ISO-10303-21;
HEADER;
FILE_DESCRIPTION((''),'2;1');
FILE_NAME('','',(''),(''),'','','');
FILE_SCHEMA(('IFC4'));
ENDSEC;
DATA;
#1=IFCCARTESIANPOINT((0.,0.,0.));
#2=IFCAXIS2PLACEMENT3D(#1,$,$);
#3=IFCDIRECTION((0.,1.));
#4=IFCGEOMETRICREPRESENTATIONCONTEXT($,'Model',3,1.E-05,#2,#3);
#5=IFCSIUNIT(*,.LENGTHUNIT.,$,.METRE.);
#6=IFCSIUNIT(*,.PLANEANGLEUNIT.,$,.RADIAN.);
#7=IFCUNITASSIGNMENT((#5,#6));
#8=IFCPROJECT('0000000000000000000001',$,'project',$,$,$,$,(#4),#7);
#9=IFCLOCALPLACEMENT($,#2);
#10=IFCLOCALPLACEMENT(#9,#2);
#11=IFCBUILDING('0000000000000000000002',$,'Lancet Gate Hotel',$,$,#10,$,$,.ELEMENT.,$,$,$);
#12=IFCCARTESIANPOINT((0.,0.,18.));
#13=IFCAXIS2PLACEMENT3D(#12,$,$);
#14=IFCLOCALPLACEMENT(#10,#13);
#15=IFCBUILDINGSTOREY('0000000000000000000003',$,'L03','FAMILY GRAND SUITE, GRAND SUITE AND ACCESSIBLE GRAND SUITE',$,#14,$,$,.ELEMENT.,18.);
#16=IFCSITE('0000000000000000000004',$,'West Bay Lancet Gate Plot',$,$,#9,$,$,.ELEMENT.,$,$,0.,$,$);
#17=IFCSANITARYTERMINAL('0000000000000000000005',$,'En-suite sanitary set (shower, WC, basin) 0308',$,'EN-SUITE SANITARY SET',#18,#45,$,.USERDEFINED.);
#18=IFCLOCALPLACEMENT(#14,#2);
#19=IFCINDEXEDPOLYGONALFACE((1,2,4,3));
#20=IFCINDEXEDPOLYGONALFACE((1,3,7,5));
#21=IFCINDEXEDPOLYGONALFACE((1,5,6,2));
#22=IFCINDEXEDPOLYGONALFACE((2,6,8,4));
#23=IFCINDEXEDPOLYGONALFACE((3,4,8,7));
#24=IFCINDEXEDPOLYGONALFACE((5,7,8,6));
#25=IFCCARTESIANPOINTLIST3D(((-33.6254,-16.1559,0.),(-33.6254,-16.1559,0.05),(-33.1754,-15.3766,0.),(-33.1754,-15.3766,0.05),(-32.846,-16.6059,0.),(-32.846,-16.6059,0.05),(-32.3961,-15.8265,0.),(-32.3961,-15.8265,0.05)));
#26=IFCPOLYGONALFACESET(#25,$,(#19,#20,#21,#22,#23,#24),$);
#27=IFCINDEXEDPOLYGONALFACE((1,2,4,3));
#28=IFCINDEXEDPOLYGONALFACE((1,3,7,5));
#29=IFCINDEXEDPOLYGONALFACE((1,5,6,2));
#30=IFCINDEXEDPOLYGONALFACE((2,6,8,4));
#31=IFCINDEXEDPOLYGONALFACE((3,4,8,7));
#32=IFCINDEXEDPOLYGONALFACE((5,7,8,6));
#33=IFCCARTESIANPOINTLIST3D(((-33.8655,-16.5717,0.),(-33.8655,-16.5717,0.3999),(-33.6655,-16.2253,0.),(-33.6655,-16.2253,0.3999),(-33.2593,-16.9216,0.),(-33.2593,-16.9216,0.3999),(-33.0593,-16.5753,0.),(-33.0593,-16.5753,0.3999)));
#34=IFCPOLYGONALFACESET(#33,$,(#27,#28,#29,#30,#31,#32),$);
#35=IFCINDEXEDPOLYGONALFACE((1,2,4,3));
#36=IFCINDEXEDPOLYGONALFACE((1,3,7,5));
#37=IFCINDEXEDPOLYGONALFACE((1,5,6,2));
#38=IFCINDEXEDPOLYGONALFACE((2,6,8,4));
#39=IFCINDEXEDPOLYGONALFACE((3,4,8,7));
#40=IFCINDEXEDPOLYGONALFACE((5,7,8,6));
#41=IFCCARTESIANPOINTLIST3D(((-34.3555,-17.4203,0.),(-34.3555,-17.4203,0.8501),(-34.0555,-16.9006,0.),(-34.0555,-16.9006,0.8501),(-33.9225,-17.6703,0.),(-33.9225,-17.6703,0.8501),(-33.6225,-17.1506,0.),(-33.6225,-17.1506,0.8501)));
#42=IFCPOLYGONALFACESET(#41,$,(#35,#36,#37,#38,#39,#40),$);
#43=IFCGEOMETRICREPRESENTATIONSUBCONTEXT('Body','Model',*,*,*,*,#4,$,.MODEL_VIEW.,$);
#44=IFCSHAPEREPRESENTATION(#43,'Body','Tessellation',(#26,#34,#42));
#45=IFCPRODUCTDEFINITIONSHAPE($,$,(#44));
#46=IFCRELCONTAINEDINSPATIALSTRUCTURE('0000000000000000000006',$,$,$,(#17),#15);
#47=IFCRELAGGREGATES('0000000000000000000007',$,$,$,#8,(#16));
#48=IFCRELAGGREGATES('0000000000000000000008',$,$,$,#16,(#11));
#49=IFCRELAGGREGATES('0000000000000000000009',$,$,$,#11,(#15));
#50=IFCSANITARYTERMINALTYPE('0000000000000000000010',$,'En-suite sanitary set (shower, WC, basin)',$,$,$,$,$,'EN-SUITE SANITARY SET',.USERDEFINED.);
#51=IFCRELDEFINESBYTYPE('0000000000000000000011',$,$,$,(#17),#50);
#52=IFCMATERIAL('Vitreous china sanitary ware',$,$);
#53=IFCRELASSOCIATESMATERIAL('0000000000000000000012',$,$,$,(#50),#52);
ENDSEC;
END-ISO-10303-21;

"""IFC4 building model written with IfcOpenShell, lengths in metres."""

from ifc_helpers import new_model, si_unit, direction, frame, origin, origin_2d, place, context, subcontext, project, spatial, rectangle, extrude, material, type_object, element, save


model = new_model("IFC4")

# Units and contexts
model_context = context("Model", 3, precision=1e-05, world=origin(), true_north=direction((0.0, 1.0)))
body_context = subcontext(model_context, "Body", "Model", "MODEL_VIEW")
ifc_project = project(units=[si_unit("LENGTHUNIT", "METRE"), si_unit("PLANEANGLEUNIT", "RADIAN")], contexts=[model_context])

# Site, building, storey
site_placement = place(None, origin())
site = spatial("IfcSite", under=ifc_project, at=site_placement, Name="West Bay Lancet Gate Plot", CompositionType="ELEMENT", RefElevation=0.0)
building_placement = place(site_placement, origin())
building = spatial("IfcBuilding", under=site, at=building_placement, Name="Lancet Gate Hotel", CompositionType="ELEMENT")
storey_placement = place(building_placement, frame((0.0, 0.0, 18.0)))
storey = spatial("IfcBuildingStorey", under=building, at=storey_placement, Name="L03", Description="FAMILY GRAND SUITE, GRAND SUITE AND ACCESSIBLE GRAND SUITE", CompositionType="ELEMENT", Elevation=18.0)

# Sanitary terminal
ifc_material_1 = material(Name="Vitreous china sanitary ware")
sanitary_terminal_type = type_object("IfcSanitaryTerminalType", Name="En-suite sanitary set (shower, WC, basin)", ElementType="EN-SUITE SANITARY SET", PredefinedType="USERDEFINED", material=ifc_material_1)
sanitary_terminal_placement = place(storey_placement, frame((-33.0107, -15.9912, 0.0), z_axis=(0.0, 0.0, 1.0), x_axis=(1.0, 0.0, 0.0)))
element("IfcSanitaryTerminal", 1, at=sanitary_terminal_placement, inside=storey, type_object=sanitary_terminal_type, Name="En-suite sanitary set (shower, WC, basin) 0308", ObjectType="EN-SUITE SANITARY SET", PredefinedType="USERDEFINED", context=body_context, shape_type="SweptSolid", body=[
    extrude(rectangle(XDim=0.8999, YDim=0.8999, at=origin_2d()), frame((0.0, 0.0, 0.0), z_axis=(0.0, 0.0, 1.0), x_axis=(0.5, 0.866025, 0.0)), (0.0, 0.0, 1.0), 0.05),
    extrude(rectangle(XDim=0.3999, YDim=0.7, at=origin_2d()), frame((-0.4517, -0.5823, 0.0), z_axis=(0.0, 0.0, 1.0), x_axis=(0.5, 0.866025, 0.0)), (0.0, 0.0, 1.0), 0.3999),
    extrude(rectangle(XDim=0.6001, YDim=0.5, at=origin_2d()), frame((-0.9783, -1.2942, 0.0), z_axis=(0.0, 0.0, 1.0), x_axis=(0.5, 0.866025, 0.0)), (0.0, 0.0, 1.0), 0.8501),
])

save(model, "model.ifc")
